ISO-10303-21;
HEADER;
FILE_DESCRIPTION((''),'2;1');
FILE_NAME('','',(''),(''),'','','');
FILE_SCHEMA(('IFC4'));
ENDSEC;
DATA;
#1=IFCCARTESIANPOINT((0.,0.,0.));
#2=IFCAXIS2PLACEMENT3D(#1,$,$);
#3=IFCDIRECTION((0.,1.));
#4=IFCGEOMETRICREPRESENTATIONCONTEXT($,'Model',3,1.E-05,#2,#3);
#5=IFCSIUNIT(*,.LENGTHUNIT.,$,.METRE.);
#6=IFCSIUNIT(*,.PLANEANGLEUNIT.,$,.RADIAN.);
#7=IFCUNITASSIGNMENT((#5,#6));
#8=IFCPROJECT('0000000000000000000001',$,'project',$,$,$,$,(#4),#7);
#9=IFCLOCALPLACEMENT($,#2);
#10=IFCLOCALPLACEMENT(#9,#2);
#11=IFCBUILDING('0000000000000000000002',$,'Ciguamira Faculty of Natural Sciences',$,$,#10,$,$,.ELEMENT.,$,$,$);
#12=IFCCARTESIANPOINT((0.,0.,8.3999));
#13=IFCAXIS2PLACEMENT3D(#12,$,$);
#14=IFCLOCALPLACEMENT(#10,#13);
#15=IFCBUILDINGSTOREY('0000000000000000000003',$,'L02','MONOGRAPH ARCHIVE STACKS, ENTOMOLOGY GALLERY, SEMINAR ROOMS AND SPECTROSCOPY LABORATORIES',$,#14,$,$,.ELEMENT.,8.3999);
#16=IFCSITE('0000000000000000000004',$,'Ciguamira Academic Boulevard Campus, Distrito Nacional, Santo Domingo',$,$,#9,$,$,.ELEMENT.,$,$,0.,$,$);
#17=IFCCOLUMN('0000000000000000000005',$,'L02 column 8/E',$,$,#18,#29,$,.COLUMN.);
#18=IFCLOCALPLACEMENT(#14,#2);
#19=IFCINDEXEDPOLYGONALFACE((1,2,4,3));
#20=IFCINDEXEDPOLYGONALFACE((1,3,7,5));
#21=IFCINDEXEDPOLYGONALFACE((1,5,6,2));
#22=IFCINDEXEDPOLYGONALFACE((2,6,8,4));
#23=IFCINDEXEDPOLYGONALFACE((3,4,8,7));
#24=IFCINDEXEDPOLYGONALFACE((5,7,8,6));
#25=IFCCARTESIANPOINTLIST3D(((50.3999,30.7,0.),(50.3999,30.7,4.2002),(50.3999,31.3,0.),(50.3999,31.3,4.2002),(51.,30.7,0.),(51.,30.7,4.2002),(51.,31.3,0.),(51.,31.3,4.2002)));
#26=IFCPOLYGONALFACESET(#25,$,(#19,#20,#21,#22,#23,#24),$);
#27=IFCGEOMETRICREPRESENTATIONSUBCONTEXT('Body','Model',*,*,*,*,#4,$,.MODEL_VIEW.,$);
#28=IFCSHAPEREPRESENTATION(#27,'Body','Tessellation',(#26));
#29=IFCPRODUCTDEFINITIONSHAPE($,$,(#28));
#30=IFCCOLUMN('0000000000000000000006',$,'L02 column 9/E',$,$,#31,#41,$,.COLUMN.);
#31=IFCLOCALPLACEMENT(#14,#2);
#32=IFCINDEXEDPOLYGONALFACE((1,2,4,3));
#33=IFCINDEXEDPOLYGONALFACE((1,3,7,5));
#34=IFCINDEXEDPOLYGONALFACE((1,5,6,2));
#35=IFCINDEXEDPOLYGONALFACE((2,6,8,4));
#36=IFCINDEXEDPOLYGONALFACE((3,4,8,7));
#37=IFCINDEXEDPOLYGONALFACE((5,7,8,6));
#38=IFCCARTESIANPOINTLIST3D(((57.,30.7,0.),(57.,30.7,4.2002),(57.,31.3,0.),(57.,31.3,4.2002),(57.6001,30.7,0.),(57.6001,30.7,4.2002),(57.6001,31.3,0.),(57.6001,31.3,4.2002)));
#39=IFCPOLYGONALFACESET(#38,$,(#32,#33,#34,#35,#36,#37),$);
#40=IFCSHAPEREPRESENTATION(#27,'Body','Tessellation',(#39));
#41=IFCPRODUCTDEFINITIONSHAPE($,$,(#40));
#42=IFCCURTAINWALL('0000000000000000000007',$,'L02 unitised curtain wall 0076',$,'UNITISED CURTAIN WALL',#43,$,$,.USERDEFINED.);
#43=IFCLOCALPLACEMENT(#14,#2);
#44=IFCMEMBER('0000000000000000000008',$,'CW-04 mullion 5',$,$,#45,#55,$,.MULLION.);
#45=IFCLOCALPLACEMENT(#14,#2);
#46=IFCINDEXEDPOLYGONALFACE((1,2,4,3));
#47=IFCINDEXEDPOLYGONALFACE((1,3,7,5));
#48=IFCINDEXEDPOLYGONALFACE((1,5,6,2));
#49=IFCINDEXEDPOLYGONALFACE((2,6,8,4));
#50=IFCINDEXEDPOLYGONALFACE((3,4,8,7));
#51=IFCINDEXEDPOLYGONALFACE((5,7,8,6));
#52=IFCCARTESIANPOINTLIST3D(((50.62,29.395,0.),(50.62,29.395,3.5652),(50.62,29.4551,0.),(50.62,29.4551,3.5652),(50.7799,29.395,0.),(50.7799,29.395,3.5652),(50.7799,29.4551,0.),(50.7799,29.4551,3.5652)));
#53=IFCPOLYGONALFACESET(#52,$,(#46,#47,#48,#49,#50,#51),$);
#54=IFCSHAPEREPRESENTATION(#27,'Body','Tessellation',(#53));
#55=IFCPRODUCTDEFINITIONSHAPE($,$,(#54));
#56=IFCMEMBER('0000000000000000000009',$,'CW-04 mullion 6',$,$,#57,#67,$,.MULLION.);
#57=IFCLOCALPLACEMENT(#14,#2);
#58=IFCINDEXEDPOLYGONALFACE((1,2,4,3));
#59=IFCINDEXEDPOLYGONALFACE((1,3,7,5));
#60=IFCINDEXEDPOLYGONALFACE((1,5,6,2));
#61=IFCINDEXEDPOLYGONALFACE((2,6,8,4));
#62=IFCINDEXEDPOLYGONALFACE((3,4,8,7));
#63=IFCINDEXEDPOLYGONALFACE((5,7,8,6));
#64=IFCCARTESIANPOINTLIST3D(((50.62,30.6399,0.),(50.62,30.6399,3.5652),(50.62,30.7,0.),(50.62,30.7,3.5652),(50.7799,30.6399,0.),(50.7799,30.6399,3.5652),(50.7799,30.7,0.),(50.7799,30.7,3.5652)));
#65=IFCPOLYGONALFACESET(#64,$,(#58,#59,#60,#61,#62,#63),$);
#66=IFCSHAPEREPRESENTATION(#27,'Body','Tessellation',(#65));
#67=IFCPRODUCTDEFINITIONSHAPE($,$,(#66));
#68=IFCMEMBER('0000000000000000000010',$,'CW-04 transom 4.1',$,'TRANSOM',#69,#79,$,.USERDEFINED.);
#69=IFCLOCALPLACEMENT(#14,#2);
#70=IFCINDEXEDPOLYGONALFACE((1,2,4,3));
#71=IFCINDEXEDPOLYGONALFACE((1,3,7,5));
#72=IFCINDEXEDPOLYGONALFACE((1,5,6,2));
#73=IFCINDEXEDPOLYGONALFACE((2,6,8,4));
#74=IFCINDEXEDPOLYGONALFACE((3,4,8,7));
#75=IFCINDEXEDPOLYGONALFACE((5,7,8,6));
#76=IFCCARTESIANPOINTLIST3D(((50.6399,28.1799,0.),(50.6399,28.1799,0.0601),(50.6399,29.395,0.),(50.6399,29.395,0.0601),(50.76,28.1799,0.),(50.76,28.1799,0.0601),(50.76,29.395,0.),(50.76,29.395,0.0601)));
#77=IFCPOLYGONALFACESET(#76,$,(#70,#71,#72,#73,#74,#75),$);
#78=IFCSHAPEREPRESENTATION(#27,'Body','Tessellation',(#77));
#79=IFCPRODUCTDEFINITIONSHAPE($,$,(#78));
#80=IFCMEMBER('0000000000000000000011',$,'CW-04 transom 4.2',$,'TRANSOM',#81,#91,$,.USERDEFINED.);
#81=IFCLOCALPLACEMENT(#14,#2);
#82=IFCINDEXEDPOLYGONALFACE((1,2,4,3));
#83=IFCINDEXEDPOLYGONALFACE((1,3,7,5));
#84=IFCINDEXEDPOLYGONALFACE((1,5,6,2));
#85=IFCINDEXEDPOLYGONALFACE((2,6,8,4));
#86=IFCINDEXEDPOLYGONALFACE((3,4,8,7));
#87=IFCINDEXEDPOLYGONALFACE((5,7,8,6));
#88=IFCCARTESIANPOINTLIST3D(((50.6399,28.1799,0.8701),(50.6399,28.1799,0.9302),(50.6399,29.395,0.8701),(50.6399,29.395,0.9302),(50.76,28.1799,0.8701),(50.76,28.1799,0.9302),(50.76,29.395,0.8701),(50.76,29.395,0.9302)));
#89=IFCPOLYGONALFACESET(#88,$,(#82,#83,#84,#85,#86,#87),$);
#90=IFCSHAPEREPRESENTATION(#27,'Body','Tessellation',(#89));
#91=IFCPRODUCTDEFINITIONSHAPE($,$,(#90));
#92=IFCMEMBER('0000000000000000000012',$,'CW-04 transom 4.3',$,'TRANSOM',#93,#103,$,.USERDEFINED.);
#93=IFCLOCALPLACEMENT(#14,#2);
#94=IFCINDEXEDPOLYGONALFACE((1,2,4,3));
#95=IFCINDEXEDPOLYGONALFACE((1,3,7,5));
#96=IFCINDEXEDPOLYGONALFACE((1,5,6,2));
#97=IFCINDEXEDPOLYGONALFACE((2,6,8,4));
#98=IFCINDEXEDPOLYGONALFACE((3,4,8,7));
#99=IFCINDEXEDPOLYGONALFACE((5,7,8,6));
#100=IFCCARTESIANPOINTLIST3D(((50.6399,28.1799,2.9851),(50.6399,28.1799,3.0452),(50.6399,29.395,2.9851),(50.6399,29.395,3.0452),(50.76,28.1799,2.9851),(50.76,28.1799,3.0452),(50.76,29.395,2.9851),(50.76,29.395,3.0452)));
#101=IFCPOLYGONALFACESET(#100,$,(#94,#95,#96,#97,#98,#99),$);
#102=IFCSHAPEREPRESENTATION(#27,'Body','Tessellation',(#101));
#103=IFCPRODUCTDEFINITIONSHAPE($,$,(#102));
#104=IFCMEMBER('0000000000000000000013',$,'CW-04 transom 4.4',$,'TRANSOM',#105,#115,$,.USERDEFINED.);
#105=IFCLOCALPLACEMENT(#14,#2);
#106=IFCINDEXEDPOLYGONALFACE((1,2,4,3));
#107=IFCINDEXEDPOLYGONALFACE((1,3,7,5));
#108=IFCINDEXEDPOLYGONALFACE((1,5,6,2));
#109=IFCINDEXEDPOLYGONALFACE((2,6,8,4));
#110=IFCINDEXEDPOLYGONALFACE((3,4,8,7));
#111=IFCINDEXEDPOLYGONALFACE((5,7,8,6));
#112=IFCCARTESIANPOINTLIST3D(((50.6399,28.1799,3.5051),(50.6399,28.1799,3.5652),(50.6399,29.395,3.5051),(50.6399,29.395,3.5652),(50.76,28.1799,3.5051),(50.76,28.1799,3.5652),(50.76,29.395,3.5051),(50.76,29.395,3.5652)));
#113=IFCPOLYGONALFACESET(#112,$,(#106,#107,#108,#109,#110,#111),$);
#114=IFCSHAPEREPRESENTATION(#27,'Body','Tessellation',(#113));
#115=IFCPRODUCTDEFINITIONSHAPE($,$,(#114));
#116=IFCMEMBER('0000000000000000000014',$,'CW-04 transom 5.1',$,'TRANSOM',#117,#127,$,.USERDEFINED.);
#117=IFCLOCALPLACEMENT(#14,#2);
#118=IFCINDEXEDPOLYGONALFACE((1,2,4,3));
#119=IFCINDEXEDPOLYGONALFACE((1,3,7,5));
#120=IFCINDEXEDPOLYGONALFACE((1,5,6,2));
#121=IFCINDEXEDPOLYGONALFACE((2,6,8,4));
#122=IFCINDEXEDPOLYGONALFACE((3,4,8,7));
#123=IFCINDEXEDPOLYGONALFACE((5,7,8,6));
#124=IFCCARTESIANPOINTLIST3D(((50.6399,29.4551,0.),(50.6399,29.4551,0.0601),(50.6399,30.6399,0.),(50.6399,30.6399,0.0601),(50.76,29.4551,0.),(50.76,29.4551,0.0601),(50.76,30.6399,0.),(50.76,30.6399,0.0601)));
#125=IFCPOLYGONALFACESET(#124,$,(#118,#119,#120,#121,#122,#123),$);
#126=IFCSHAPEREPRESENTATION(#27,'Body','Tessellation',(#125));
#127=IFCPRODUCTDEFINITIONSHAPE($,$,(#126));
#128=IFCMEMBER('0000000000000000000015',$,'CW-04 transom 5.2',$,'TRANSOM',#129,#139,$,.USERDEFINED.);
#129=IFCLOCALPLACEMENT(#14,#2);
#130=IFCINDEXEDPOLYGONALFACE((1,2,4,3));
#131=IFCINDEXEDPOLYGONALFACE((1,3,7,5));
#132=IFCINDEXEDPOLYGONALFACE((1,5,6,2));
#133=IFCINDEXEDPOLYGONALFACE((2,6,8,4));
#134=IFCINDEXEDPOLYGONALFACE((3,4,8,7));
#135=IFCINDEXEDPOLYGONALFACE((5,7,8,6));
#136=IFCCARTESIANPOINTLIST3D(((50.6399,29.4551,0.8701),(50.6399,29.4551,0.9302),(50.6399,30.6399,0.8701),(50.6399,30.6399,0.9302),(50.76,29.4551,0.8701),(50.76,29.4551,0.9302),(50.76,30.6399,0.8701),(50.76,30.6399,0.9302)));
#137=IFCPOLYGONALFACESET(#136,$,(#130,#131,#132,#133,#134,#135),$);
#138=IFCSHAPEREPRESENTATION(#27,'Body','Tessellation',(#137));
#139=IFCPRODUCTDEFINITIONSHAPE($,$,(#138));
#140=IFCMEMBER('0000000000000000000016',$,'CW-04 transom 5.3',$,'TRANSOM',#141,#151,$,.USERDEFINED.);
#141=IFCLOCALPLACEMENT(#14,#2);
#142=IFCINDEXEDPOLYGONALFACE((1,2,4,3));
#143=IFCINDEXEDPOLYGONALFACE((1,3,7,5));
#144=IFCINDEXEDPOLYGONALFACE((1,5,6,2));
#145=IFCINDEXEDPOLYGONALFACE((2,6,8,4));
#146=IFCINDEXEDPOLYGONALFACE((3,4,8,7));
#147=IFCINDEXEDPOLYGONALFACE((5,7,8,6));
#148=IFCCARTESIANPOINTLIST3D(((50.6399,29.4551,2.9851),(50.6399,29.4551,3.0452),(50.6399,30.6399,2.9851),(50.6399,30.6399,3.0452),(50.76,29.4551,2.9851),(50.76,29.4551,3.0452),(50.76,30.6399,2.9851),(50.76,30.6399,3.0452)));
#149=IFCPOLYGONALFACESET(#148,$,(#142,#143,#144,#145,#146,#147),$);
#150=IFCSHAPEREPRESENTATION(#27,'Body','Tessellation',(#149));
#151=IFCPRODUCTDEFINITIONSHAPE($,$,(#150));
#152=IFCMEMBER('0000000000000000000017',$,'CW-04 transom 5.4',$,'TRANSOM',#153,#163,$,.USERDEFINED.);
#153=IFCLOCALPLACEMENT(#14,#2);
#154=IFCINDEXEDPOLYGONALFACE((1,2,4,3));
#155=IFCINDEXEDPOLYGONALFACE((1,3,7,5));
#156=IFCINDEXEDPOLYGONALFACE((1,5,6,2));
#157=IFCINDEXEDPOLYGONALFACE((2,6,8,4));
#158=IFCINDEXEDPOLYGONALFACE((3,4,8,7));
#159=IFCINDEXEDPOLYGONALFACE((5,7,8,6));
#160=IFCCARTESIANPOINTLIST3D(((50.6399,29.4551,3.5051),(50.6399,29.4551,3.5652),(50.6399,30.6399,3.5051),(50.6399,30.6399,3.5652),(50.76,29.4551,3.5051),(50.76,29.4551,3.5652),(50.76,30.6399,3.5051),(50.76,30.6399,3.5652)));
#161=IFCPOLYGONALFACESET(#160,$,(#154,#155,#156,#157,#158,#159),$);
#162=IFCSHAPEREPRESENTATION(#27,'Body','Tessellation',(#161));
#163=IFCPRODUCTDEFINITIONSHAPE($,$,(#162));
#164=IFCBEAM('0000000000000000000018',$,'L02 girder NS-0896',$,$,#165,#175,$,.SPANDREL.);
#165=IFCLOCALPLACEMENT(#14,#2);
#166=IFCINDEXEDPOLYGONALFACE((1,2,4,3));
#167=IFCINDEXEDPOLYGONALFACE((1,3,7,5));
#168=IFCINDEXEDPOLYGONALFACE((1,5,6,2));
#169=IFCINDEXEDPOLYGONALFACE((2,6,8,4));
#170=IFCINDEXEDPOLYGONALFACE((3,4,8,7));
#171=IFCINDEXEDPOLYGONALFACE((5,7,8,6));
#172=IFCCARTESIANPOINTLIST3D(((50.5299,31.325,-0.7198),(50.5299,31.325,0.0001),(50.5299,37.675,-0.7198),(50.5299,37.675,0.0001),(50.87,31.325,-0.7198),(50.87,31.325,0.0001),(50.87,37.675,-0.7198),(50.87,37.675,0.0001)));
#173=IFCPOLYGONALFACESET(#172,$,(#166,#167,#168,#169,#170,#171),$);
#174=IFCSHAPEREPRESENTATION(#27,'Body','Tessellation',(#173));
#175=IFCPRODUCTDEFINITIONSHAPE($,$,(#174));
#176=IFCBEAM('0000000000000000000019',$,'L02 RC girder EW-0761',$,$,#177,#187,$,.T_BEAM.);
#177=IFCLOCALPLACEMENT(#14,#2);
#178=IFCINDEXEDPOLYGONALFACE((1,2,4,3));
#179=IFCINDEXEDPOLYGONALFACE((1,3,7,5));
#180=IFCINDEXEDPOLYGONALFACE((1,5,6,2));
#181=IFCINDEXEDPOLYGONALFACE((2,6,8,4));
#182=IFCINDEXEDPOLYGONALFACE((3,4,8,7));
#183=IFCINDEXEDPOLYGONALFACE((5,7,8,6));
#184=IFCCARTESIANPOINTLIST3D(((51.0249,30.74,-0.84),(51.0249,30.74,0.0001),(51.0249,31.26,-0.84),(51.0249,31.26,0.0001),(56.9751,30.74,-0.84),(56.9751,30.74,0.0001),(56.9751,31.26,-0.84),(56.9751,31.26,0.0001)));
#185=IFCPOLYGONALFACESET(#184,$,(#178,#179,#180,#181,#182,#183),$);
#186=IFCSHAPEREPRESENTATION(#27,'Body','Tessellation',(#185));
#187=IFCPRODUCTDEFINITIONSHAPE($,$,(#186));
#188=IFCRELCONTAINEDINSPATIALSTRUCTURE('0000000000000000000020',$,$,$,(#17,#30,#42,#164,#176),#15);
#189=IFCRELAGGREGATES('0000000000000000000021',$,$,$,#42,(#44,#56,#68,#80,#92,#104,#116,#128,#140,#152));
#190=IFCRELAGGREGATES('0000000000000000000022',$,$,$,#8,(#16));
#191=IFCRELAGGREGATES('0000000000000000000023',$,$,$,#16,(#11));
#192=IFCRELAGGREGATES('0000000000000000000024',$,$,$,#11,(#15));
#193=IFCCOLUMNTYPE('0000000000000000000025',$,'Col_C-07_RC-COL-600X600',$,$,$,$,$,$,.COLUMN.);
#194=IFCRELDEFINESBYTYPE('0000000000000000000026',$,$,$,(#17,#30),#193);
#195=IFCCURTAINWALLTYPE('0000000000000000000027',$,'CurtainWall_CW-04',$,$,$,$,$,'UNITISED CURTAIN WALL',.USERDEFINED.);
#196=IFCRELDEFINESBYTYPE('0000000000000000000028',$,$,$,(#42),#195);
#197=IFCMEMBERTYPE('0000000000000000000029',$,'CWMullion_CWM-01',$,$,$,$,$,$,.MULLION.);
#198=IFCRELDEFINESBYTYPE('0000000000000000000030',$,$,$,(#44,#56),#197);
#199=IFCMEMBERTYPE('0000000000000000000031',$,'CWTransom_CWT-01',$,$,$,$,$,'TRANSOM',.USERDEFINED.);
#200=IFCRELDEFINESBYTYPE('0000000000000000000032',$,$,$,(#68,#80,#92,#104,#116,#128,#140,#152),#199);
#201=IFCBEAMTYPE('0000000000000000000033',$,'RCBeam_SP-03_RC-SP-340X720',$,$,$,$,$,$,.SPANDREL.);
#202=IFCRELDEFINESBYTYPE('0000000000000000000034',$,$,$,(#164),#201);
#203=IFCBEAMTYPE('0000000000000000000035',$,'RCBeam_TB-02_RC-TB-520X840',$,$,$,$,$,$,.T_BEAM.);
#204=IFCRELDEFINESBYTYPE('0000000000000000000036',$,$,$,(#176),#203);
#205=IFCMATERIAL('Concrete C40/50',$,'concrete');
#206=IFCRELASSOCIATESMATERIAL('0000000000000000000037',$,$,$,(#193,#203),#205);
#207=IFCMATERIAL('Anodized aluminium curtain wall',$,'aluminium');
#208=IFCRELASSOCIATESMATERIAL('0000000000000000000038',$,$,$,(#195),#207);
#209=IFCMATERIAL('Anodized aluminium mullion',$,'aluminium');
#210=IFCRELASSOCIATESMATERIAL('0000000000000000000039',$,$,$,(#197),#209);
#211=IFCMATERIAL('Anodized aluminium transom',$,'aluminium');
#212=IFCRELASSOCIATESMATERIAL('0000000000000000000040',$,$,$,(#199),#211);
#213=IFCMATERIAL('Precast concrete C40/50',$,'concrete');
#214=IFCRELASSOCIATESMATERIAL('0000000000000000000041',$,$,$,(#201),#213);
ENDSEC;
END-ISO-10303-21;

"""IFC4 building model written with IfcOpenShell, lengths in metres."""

from ifc_helpers import new_model, si_unit, direction, frame, origin, origin_2d, place, context, subcontext, project, spatial, rectangle, extrude, material, material_profile, profile_set, type_object, element, aggregate, save


model = new_model("IFC4")

# Units and contexts
model_context = context("Model", 3, precision=1e-05, world=origin(), true_north=direction((0.0, 1.0)))
body_context = subcontext(model_context, "Body", "Model", "MODEL_VIEW")
ifc_project = project(units=[si_unit("LENGTHUNIT", "METRE"), si_unit("PLANEANGLEUNIT", "RADIAN")], contexts=[model_context])

# Site, building, storey
site_placement = place(None, origin())
site = spatial("IfcSite", under=ifc_project, at=site_placement, Name="Ciguamira Academic Boulevard Campus, Distrito Nacional, Santo Domingo", CompositionType="ELEMENT", RefElevation=0.0)
building_placement = place(site_placement, origin())
building = spatial("IfcBuilding", under=site, at=building_placement, Name="Ciguamira Faculty of Natural Sciences", CompositionType="ELEMENT")
storey_placement = place(building_placement, frame((0.0, 0.0, 8.3999)))
storey = spatial("IfcBuildingStorey", under=building, at=storey_placement, Name="L02", Description="MONOGRAPH ARCHIVE STACKS, ENTOMOLOGY GALLERY, SEMINAR ROOMS AND SPECTROSCOPY LABORATORIES", CompositionType="ELEMENT", Elevation=8.3999)

# Columns
ifc_material_1 = material(Name="Concrete C40/50", Category="concrete")
ifc_material_profile_1 = material_profile(ifc_material_1, rectangle(XDim=0.6001, YDim=0.6001, at=origin_2d()), Name="RC-COL-600X600")
ifc_profile_set_1 = profile_set([ifc_material_profile_1], Name="Concrete C40/50")
column_type = type_object("IfcColumnType", Name="Col_C-07_RC-COL-600X600", PredefinedType="COLUMN", material=ifc_profile_set_1)
for number, where, z_axis, x_axis, name in (
    (1, (50.7, 31.0, 0.0), (0.0, 0.0, 1.0), (1.0, 0.0, 0.0), "L02 column 8/E"),
    (2, (57.3, 31.0, 0.0), (0.0, 0.0, 1.0), (1.0, 0.0, 0.0), "L02 column 9/E"),
):
    element("IfcColumn", number, at=place(storey_placement, frame(where, z_axis=z_axis, x_axis=x_axis)), inside=storey, type_object=column_type, Name=name, PredefinedType="COLUMN", context=body_context, shape_type="SweptSolid", body=[
        extrude(rectangle(XDim=0.6001, YDim=0.6001, at=origin_2d()), origin(), (0.0, 0.0, 1.0), 4.2002),
    ])

# Curtain wall, members
ifc_material_2 = material(Name="Anodized aluminium curtain wall", Category="aluminium")
curtain_wall_type = type_object("IfcCurtainWallType", Name="CurtainWall_CW-04", ElementType="UNITISED CURTAIN WALL", PredefinedType="USERDEFINED", material=ifc_material_2)
curtain_wall_placement = place(storey_placement, origin())
curtain_wall = element("IfcCurtainWall", 3, at=curtain_wall_placement, inside=storey, type_object=curtain_wall_type, Name="L02 unitised curtain wall 0076", ObjectType="UNITISED CURTAIN WALL", PredefinedType="USERDEFINED")
ifc_material_3 = material(Name="Anodized aluminium mullion", Category="aluminium")
ifc_material_profile_2 = material_profile(ifc_material_3, rectangle(XDim=0.0601, YDim=0.1599, at=origin_2d()), Name="ALU-MUL-60X160")
ifc_profile_set_2 = profile_set([ifc_material_profile_2], Name="Anodized aluminium mullion")
member_type_1 = type_object("IfcMemberType", Name="CWMullion_CWM-01", PredefinedType="MULLION", material=ifc_profile_set_2)
member_1_placement = place(storey_placement, frame((50.7, 29.425, 0.0), z_axis=(0.0, 0.0, 1.0), x_axis=(0.0, 1.0, 0.0)))
member_1 = element("IfcMember", 4, at=member_1_placement, type_object=member_type_1, Name="CW-04 mullion 5", PredefinedType="MULLION", context=body_context, shape_type="SweptSolid", body=[
    extrude(rectangle(XDim=0.0601, YDim=0.1599, at=origin_2d()), origin(), (0.0, 0.0, 1.0), 3.5652),
])
member_2_placement = place(storey_placement, frame((50.7, 30.6699, 0.0), z_axis=(0.0, 0.0, 1.0), x_axis=(0.0, 1.0, 0.0)))
member_2 = element("IfcMember", 5, at=member_2_placement, type_object=member_type_1, Name="CW-04 mullion 6", PredefinedType="MULLION", context=body_context, shape_type="SweptSolid", body=[
    extrude(rectangle(XDim=0.0601, YDim=0.1599, at=origin_2d()), origin(), (0.0, 0.0, 1.0), 3.5652),
])
ifc_material_4 = material(Name="Anodized aluminium transom", Category="aluminium")
ifc_material_profile_3 = material_profile(ifc_material_4, rectangle(XDim=0.0601, YDim=0.1201, at=origin_2d()), Name="ALU-TRN-60X120")
ifc_profile_set_3 = profile_set([ifc_material_profile_3], Name="Anodized aluminium transom")
member_type_2 = type_object("IfcMemberType", Name="CWTransom_CWT-01", ElementType="TRANSOM", PredefinedType="USERDEFINED", material=ifc_profile_set_3)
member_3_placement = place(storey_placement, frame((50.7, 28.1799, 0.03), z_axis=(0.0, 1.0, 0.0), x_axis=(0.0, 0.0, 1.0)))
member_3 = element("IfcMember", 6, at=member_3_placement, type_object=member_type_2, Name="CW-04 transom 4.1", ObjectType="TRANSOM", PredefinedType="USERDEFINED", context=body_context, shape_type="SweptSolid", body=[
    extrude(rectangle(XDim=0.0601, YDim=0.1201, at=origin_2d()), origin(), (0.0, 0.0, 1.0), 1.2151),
])
member_4_placement = place(storey_placement, frame((50.7, 28.1799, 0.9001), z_axis=(0.0, 1.0, 0.0), x_axis=(0.0, 0.0, 1.0)))
member_4 = element("IfcMember", 7, at=member_4_placement, type_object=member_type_2, Name="CW-04 transom 4.2", ObjectType="TRANSOM", PredefinedType="USERDEFINED", context=body_context, shape_type="SweptSolid", body=[
    extrude(rectangle(XDim=0.0601, YDim=0.1201, at=origin_2d()), origin(), (0.0, 0.0, 1.0), 1.2151),
])
member_5_placement = place(storey_placement, frame((50.7, 28.1799, 3.0151), z_axis=(0.0, 1.0, 0.0), x_axis=(0.0, 0.0, 1.0)))
member_5 = element("IfcMember", 8, at=member_5_placement, type_object=member_type_2, Name="CW-04 transom 4.3", ObjectType="TRANSOM", PredefinedType="USERDEFINED", context=body_context, shape_type="SweptSolid", body=[
    extrude(rectangle(XDim=0.0601, YDim=0.1201, at=origin_2d()), origin(), (0.0, 0.0, 1.0), 1.2151),
])
member_6_placement = place(storey_placement, frame((50.7, 28.1799, 3.5352), z_axis=(0.0, 1.0, 0.0), x_axis=(0.0, 0.0, 1.0)))
member_6 = element("IfcMember", 9, at=member_6_placement, type_object=member_type_2, Name="CW-04 transom 4.4", ObjectType="TRANSOM", PredefinedType="USERDEFINED", context=body_context, shape_type="SweptSolid", body=[
    extrude(rectangle(XDim=0.0601, YDim=0.1201, at=origin_2d()), origin(), (0.0, 0.0, 1.0), 1.2151),
])
member_7_placement = place(storey_placement, frame((50.7, 29.4551, 0.03), z_axis=(0.0, 1.0, 0.0), x_axis=(0.0, 0.0, 1.0)))
member_7 = element("IfcMember", 10, at=member_7_placement, type_object=member_type_2, Name="CW-04 transom 5.1", ObjectType="TRANSOM", PredefinedType="USERDEFINED", context=body_context, shape_type="SweptSolid", body=[
    extrude(rectangle(XDim=0.0601, YDim=0.1201, at=origin_2d()), origin(), (0.0, 0.0, 1.0), 1.1848),
])
member_8_placement = place(storey_placement, frame((50.7, 29.4551, 0.9001), z_axis=(0.0, 1.0, 0.0), x_axis=(0.0, 0.0, 1.0)))
member_8 = element("IfcMember", 11, at=member_8_placement, type_object=member_type_2, Name="CW-04 transom 5.2", ObjectType="TRANSOM", PredefinedType="USERDEFINED", context=body_context, shape_type="SweptSolid", body=[
    extrude(rectangle(XDim=0.0601, YDim=0.1201, at=origin_2d()), origin(), (0.0, 0.0, 1.0), 1.1848),
])
member_9_placement = place(storey_placement, frame((50.7, 29.4551, 3.0151), z_axis=(0.0, 1.0, 0.0), x_axis=(0.0, 0.0, 1.0)))
member_9 = element("IfcMember", 12, at=member_9_placement, type_object=member_type_2, Name="CW-04 transom 5.3", ObjectType="TRANSOM", PredefinedType="USERDEFINED", context=body_context, shape_type="SweptSolid", body=[
    extrude(rectangle(XDim=0.0601, YDim=0.1201, at=origin_2d()), origin(), (0.0, 0.0, 1.0), 1.1848),
])
member_10_placement = place(storey_placement, frame((50.7, 29.4551, 3.5352), z_axis=(0.0, 1.0, 0.0), x_axis=(0.0, 0.0, 1.0)))
member_10 = element("IfcMember", 13, at=member_10_placement, type_object=member_type_2, Name="CW-04 transom 5.4", ObjectType="TRANSOM", PredefinedType="USERDEFINED", context=body_context, shape_type="SweptSolid", body=[
    extrude(rectangle(XDim=0.0601, YDim=0.1201, at=origin_2d()), origin(), (0.0, 0.0, 1.0), 1.1848),
])

# Beams
ifc_material_5 = material(Name="Precast concrete C40/50", Category="concrete")
ifc_material_profile_4 = material_profile(ifc_material_5, rectangle(XDim=0.3401, YDim=0.72, at=origin_2d()), Name="RC-SP-340X720")
ifc_profile_set_4 = profile_set([ifc_material_profile_4], Name="Precast concrete C40/50")
beam_type_1 = type_object("IfcBeamType", Name="RCBeam_SP-03_RC-SP-340X720", PredefinedType="SPANDREL", material=ifc_profile_set_4)
beam_1_placement = place(storey_placement, frame((50.7, 31.325, -0.3599), z_axis=(0.0, 1.0, 0.0), x_axis=(-1.0, 0.0, 0.0)))
element("IfcBeam", 14, at=beam_1_placement, inside=storey, type_object=beam_type_1, Name="L02 girder NS-0896", PredefinedType="SPANDREL", context=body_context, shape_type="SweptSolid", body=[
    extrude(rectangle(XDim=0.3401, YDim=0.72, at=origin_2d()), origin(), (0.0, 0.0, 1.0), 6.3501),
])
ifc_material_profile_5 = material_profile(ifc_material_1, rectangle(XDim=0.52, YDim=0.8401, at=origin_2d()), Name="RC-TB-520X840")
ifc_profile_set_5 = profile_set([ifc_material_profile_5], Name="Concrete C40/50")
beam_type_2 = type_object("IfcBeamType", Name="RCBeam_TB-02_RC-TB-520X840", PredefinedType="T_BEAM", material=ifc_profile_set_5)
beam_2_placement = place(storey_placement, frame((51.0249, 31.0, -0.4199), z_axis=(1.0, 0.0, 0.0), x_axis=(0.0, 1.0, 0.0)))
element("IfcBeam", 15, at=beam_2_placement, inside=storey, type_object=beam_type_2, Name="L02 RC girder EW-0761", PredefinedType="T_BEAM", context=body_context, shape_type="SweptSolid", body=[
    extrude(rectangle(XDim=0.52, YDim=0.8401, at=origin_2d()), origin(), (0.0, 0.0, 1.0), 5.9502),
])

aggregate(curtain_wall, [member_1, member_2, member_3, member_4, member_5, member_6, member_7, member_8, member_9, member_10])

save(model, "model.ifc")
